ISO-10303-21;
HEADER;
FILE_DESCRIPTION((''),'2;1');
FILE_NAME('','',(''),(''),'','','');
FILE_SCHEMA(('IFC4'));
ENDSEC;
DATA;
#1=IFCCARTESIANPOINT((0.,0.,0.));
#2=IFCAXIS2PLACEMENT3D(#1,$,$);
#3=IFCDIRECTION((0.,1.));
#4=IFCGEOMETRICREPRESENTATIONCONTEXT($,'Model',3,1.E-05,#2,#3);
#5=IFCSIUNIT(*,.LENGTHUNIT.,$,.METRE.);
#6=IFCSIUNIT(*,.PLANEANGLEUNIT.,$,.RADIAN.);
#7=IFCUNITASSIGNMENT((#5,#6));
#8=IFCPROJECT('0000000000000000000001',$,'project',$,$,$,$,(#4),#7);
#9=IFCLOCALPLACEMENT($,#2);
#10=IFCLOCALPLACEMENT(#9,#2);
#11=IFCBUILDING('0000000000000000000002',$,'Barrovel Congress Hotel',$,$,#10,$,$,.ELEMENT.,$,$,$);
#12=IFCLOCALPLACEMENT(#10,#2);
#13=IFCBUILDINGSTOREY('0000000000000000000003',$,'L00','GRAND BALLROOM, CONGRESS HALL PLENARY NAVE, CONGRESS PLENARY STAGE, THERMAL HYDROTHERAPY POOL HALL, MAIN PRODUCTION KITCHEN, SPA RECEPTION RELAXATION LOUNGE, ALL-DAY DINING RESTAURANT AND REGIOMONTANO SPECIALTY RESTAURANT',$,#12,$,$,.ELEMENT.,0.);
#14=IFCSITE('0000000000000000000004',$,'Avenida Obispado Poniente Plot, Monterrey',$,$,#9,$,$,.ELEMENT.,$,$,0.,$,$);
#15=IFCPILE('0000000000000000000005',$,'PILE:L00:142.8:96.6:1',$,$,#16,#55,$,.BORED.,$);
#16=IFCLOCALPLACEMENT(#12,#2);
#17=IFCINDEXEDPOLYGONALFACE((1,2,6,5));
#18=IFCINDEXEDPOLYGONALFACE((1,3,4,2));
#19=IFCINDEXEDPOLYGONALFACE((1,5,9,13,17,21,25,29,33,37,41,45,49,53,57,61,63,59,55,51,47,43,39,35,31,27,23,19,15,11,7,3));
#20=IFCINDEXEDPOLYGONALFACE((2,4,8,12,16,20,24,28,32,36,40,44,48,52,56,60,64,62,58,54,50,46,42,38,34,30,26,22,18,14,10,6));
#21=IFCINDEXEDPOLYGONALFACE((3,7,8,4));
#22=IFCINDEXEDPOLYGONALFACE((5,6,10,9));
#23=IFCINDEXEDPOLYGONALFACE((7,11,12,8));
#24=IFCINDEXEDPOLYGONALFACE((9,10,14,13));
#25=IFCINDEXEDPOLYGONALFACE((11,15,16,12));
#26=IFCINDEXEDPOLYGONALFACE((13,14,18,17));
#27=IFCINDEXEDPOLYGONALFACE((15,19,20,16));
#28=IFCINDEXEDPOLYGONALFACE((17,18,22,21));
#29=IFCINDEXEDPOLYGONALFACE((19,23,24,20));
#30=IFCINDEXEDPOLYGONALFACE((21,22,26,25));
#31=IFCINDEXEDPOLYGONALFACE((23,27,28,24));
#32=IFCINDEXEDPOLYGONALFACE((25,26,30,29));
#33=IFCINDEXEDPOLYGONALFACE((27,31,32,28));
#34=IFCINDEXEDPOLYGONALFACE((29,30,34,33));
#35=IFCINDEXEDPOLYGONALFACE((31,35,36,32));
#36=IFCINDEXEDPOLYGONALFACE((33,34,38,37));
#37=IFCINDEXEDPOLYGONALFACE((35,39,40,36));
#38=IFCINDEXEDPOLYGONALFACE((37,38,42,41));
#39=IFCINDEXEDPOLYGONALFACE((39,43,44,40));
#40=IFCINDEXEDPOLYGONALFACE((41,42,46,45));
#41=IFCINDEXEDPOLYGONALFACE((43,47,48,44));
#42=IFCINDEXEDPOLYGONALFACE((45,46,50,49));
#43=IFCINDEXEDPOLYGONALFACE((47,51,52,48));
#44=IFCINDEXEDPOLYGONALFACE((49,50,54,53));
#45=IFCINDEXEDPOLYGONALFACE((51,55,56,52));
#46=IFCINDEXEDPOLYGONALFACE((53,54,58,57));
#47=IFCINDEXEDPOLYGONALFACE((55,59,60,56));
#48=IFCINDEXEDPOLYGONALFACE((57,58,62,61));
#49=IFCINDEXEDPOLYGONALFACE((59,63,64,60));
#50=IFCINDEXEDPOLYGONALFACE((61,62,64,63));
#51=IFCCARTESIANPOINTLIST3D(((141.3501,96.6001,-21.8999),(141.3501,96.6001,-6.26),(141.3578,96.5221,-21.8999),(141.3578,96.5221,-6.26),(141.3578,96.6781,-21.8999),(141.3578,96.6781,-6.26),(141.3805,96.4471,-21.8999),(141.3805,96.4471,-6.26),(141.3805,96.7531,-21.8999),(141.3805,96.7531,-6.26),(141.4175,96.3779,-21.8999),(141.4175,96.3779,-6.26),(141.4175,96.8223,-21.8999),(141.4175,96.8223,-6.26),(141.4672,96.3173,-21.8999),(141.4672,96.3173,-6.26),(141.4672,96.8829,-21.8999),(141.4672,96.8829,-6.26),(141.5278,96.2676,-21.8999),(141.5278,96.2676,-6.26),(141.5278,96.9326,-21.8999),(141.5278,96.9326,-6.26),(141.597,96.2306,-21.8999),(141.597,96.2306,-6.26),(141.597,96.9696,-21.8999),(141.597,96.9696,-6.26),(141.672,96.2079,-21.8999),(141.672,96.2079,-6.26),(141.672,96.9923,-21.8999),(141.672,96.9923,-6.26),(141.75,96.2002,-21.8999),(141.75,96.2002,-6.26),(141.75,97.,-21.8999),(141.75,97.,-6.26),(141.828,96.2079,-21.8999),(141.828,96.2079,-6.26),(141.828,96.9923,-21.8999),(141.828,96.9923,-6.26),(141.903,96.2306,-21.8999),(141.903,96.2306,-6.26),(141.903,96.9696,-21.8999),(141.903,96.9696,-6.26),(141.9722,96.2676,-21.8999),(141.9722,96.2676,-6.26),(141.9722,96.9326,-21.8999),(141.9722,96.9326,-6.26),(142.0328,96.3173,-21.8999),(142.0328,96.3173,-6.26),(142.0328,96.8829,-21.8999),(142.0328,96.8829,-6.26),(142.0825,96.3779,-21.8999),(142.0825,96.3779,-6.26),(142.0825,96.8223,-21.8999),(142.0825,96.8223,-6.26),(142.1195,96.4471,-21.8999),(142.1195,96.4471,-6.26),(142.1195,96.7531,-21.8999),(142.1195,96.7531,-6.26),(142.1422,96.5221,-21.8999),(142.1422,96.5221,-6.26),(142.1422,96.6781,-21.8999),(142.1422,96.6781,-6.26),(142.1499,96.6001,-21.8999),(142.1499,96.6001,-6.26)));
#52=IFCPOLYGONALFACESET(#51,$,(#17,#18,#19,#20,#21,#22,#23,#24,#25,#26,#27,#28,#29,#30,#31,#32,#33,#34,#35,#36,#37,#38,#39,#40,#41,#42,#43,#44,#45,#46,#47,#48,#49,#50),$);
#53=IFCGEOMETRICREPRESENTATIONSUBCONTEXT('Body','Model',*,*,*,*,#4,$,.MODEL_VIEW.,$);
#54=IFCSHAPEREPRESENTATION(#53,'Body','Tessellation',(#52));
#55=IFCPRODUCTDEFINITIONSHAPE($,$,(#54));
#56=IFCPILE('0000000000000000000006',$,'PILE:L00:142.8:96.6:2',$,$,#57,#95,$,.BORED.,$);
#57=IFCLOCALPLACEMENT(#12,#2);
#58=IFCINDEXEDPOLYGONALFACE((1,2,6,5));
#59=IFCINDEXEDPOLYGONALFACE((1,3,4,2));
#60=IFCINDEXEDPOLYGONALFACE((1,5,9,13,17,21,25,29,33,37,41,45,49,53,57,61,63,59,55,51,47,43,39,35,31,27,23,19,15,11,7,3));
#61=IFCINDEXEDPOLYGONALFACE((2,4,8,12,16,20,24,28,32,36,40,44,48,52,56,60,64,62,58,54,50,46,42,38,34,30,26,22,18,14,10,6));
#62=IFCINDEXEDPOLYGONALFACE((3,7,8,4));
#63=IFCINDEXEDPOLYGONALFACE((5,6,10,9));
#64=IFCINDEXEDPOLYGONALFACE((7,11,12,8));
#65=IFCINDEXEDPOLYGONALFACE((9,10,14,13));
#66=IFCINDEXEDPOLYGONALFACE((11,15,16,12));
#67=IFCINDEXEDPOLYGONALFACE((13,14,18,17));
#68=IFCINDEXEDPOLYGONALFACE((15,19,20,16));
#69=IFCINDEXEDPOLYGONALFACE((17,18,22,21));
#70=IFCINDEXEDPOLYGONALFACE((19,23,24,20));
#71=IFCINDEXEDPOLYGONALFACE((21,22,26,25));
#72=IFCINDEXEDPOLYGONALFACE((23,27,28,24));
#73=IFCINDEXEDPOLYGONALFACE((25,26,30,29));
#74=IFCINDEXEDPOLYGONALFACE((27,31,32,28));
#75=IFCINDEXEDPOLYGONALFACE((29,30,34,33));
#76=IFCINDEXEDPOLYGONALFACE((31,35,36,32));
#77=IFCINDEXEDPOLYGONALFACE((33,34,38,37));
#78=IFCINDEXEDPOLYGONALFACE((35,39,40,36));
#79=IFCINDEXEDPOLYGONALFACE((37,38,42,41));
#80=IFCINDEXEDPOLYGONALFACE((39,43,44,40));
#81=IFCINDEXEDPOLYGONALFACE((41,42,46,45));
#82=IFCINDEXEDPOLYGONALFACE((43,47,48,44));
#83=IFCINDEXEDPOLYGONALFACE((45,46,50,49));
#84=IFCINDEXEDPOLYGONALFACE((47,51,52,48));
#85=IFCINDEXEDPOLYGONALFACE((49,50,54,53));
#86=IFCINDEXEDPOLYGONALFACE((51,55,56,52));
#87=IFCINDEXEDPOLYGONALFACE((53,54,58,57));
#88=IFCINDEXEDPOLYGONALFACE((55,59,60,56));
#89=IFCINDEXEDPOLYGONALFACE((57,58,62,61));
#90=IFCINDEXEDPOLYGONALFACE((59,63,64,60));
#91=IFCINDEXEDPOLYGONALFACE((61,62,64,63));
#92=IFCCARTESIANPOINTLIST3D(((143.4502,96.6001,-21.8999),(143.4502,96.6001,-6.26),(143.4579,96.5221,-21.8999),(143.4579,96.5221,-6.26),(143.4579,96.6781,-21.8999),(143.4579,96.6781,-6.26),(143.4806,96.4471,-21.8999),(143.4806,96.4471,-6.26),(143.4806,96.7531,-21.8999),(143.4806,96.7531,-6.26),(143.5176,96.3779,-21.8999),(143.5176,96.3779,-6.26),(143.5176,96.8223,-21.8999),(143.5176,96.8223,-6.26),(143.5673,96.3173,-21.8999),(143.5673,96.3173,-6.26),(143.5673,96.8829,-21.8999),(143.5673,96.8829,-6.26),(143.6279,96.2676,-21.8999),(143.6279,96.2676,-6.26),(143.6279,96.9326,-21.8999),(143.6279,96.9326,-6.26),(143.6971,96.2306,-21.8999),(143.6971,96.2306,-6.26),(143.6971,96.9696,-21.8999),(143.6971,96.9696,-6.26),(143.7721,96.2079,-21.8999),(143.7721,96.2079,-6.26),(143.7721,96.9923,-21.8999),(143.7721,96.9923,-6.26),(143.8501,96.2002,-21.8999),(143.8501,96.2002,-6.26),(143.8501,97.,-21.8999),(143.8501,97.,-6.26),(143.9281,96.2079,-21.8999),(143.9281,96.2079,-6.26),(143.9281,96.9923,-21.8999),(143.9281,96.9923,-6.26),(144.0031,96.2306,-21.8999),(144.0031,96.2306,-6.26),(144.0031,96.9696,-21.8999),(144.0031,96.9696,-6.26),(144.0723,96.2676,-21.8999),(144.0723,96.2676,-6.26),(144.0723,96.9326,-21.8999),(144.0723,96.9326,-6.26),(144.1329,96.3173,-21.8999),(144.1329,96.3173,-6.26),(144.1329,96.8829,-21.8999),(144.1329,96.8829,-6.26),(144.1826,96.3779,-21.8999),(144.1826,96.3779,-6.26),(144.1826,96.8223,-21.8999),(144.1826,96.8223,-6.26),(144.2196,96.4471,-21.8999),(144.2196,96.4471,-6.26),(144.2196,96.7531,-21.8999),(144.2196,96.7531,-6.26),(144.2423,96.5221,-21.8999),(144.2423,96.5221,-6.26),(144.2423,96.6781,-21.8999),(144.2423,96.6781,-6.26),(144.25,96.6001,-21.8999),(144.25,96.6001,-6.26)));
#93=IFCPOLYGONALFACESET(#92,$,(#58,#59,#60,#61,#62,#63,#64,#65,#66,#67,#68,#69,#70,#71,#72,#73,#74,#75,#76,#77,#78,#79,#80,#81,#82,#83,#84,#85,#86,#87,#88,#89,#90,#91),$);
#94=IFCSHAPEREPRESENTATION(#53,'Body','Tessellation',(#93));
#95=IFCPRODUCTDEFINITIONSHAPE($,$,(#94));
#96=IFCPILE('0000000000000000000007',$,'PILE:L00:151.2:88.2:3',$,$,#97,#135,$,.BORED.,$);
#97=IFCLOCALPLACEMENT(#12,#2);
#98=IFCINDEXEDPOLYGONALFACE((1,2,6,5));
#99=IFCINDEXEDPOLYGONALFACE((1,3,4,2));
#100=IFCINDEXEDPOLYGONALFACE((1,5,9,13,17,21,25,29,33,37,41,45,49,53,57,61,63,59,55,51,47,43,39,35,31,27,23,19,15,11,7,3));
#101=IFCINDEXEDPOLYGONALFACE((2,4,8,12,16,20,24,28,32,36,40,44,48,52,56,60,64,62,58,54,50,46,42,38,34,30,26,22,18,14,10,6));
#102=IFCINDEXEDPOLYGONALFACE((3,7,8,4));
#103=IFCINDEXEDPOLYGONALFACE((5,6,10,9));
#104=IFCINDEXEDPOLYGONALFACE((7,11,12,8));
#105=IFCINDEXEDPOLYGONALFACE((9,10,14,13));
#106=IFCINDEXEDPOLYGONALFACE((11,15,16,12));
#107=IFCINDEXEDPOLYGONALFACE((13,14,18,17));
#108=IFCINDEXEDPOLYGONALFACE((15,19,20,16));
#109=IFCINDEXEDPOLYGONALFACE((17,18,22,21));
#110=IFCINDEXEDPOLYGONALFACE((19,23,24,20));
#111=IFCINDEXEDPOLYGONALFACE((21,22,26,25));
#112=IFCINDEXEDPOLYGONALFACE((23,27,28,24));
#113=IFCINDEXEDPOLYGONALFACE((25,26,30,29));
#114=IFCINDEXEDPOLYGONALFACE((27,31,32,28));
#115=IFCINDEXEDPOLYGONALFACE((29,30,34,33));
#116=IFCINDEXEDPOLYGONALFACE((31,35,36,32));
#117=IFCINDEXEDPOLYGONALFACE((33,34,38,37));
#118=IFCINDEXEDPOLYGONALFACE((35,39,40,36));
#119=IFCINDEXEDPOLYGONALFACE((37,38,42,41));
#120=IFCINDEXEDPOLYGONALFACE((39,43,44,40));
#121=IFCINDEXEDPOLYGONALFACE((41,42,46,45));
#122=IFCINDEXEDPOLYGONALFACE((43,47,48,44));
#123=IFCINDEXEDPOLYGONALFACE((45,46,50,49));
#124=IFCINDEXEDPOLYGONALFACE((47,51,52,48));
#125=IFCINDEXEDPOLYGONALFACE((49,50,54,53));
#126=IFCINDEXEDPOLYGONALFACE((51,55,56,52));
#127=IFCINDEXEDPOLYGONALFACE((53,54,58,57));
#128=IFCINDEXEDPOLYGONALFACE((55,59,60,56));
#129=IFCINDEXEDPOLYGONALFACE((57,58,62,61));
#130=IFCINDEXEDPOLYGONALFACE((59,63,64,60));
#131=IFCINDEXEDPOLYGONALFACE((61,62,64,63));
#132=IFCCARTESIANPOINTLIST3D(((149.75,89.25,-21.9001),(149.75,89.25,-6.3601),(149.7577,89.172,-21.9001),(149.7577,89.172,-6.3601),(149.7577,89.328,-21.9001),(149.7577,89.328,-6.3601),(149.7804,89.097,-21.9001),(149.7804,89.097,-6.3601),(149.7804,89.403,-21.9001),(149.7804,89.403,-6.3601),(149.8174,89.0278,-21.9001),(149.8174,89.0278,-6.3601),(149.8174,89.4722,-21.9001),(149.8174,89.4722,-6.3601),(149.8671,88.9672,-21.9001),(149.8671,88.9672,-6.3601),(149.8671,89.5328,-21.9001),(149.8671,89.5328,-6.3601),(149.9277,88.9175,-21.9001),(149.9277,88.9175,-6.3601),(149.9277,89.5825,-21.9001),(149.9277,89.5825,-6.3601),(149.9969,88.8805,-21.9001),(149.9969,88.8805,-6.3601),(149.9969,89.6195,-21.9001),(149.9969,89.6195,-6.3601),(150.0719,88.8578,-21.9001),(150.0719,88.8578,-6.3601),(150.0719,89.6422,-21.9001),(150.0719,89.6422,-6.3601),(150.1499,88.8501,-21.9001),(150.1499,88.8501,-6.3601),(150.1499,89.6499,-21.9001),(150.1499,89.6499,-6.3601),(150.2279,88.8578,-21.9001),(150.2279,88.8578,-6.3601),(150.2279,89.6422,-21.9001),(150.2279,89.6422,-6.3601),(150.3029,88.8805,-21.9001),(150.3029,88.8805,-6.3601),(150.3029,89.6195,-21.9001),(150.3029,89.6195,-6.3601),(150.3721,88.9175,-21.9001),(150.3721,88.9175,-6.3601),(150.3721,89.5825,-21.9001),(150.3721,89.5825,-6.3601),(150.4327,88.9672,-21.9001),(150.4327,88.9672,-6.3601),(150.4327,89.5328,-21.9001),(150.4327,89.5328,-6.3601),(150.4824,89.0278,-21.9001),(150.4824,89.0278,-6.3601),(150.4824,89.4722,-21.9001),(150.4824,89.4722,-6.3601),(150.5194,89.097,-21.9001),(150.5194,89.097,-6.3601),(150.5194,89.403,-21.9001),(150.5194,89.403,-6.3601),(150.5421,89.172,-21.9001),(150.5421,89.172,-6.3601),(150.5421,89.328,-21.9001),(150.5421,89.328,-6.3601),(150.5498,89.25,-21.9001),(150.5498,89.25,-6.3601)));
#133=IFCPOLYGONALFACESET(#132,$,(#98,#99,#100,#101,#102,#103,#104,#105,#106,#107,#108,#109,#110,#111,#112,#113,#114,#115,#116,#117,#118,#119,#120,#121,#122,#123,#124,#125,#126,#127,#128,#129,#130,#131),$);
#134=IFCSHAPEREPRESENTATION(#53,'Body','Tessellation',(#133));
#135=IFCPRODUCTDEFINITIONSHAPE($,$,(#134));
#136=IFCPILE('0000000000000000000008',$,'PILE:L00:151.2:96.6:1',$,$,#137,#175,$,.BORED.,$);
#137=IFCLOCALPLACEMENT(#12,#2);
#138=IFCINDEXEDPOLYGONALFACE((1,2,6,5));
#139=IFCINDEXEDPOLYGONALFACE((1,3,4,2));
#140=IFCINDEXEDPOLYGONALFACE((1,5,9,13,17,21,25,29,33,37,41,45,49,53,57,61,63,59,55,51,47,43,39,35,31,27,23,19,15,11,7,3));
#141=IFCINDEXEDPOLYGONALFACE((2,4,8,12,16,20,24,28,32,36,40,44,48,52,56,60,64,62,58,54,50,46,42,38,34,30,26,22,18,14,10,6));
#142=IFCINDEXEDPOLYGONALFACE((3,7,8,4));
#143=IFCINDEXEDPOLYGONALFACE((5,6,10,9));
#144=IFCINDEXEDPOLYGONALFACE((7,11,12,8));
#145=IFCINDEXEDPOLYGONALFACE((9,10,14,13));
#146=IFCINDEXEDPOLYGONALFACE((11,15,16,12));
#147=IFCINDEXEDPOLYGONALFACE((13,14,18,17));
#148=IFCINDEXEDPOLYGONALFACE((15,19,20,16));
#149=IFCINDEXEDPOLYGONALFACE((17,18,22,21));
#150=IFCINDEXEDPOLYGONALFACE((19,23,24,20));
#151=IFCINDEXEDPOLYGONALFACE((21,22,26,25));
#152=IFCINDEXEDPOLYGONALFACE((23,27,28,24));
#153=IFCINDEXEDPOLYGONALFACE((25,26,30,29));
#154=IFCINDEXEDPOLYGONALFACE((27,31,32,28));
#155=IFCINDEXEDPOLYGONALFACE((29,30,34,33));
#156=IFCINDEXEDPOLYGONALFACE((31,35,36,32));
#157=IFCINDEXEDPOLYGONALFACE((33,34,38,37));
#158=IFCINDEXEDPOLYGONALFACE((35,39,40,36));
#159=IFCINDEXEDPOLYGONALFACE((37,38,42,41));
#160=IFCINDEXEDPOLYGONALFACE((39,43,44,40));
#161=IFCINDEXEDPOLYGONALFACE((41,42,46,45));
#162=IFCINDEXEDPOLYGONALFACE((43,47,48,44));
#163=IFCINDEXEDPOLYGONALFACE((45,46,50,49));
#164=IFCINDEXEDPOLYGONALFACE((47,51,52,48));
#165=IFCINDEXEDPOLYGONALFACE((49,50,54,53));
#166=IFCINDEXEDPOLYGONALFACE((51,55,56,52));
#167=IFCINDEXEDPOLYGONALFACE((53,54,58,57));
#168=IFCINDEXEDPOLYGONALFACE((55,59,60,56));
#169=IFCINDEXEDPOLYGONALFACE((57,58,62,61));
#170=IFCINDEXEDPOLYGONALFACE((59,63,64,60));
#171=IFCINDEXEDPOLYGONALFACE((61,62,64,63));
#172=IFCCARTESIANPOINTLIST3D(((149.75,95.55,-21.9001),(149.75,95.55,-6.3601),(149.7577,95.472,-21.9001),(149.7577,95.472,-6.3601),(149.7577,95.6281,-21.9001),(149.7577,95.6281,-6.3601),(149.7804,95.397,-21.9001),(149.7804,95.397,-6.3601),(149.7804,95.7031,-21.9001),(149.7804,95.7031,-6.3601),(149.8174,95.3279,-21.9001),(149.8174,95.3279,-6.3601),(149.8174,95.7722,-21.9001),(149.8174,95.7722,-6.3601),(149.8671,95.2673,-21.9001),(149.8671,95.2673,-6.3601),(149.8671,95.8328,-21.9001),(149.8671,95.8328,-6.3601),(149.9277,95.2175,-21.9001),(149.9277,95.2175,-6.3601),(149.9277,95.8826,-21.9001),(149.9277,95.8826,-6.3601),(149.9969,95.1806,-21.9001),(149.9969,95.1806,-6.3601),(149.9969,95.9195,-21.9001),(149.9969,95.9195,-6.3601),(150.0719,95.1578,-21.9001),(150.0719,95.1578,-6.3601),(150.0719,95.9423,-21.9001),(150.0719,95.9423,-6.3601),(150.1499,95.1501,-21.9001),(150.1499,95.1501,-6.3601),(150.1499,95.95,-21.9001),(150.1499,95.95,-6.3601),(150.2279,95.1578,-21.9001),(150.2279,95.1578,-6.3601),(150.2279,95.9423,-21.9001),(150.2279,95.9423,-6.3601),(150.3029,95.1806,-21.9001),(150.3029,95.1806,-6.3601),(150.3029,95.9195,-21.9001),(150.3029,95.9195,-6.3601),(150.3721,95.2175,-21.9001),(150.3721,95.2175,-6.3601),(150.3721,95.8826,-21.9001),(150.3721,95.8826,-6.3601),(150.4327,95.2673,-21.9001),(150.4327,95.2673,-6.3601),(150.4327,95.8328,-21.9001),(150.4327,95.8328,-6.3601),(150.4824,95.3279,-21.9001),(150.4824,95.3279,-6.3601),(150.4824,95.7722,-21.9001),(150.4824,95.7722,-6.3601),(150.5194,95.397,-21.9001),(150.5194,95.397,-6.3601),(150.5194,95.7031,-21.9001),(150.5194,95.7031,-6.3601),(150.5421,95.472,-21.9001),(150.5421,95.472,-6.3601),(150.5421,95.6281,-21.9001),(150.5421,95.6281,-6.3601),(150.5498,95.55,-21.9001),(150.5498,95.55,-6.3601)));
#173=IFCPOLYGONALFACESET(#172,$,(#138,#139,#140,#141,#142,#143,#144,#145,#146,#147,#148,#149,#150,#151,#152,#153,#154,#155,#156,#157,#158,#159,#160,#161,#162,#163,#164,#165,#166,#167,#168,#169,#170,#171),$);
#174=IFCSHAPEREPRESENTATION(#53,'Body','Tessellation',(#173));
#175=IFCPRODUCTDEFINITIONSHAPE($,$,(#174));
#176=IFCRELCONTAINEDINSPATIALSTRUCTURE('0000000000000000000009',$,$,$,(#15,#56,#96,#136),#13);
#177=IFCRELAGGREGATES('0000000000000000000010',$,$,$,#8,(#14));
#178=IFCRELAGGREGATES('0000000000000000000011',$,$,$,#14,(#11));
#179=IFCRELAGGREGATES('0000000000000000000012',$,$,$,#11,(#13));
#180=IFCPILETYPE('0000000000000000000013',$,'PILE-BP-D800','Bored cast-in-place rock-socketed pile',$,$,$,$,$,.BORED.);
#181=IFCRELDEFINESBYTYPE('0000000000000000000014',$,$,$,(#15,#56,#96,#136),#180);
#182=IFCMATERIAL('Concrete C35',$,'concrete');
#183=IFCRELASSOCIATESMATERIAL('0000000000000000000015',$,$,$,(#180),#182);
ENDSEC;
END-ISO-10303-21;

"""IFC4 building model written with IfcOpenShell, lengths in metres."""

from ifc_helpers import new_model, si_unit, direction, frame, origin, origin_2d, place, context, subcontext, project, spatial, circle, extrude, material, material_profile, profile_set, type_object, element, save


model = new_model("IFC4")

# Units and contexts
model_context = context("Model", 3, precision=1e-05, world=origin(), true_north=direction((0.0, 1.0)))
body_context = subcontext(model_context, "Body", "Model", "MODEL_VIEW")
ifc_project = project(units=[si_unit("LENGTHUNIT", "METRE"), si_unit("PLANEANGLEUNIT", "RADIAN")], contexts=[model_context])

# Site, building, storey
site_placement = place(None, origin())
site = spatial("IfcSite", under=ifc_project, at=site_placement, Name="Avenida Obispado Poniente Plot, Monterrey", CompositionType="ELEMENT", RefElevation=0.0)
building_placement = place(site_placement, origin())
building = spatial("IfcBuilding", under=site, at=building_placement, Name="Barrovel Congress Hotel", CompositionType="ELEMENT")
storey_placement = place(building_placement, origin())
storey = spatial("IfcBuildingStorey", under=building, at=storey_placement, Name="L00", Description="GRAND BALLROOM, CONGRESS HALL PLENARY NAVE, CONGRESS PLENARY STAGE, THERMAL HYDROTHERAPY POOL HALL, MAIN PRODUCTION KITCHEN, SPA RECEPTION RELAXATION LOUNGE, ALL-DAY DINING RESTAURANT AND REGIOMONTANO SPECIALTY RESTAURANT", CompositionType="ELEMENT", Elevation=0.0)

# Piles
ifc_material_1 = material(Name="Concrete C35", Category="concrete")
ifc_material_profile_1 = material_profile(ifc_material_1, circle(Radius=0.3999, at=origin_2d()), Name="BP-D800")
ifc_profile_set_1 = profile_set([ifc_material_profile_1], Name="Concrete C35")
pile_type = type_object("IfcPileType", Name="PILE-BP-D800", Description="Bored cast-in-place rock-socketed pile", PredefinedType="BORED", material=ifc_profile_set_1)
for number, where, z_axis, x_axis, name in (
    (1, (141.75, 96.6001, -6.26), (0.0, 0.0, -1.0), (1.0, 0.0, 0.0), "PILE:L00:142.8:96.6:1"),
    (2, (143.8501, 96.6001, -6.26), (0.0, 0.0, -1.0), (1.0, 0.0, 0.0), "PILE:L00:142.8:96.6:2"),
):
    element("IfcPile", number, at=place(storey_placement, frame(where, z_axis=z_axis, x_axis=x_axis)), inside=storey, type_object=pile_type, Name=name, PredefinedType="BORED", context=body_context, shape_type="SweptSolid", body=[
        extrude(circle(Radius=0.3999, at=origin_2d()), origin(), (0.0, 0.0, 1.0), 15.6399),
    ])
for number, where, z_axis, x_axis, name in (
    (3, (150.1499, 89.25, -6.3601), (0.0, 0.0, -1.0), (1.0, 0.0, 0.0), "PILE:L00:151.2:88.2:3"),
    (4, (150.1499, 95.55, -6.3601), (0.0, 0.0, -1.0), (1.0, 0.0, 0.0), "PILE:L00:151.2:96.6:1"),
):
    element("IfcPile", number, at=place(storey_placement, frame(where, z_axis=z_axis, x_axis=x_axis)), inside=storey, type_object=pile_type, Name=name, PredefinedType="BORED", context=body_context, shape_type="SweptSolid", body=[
        extrude(circle(Radius=0.3999, at=origin_2d()), origin(), (0.0, 0.0, 1.0), 15.54),
    ])

save(model, "model.ifc")
